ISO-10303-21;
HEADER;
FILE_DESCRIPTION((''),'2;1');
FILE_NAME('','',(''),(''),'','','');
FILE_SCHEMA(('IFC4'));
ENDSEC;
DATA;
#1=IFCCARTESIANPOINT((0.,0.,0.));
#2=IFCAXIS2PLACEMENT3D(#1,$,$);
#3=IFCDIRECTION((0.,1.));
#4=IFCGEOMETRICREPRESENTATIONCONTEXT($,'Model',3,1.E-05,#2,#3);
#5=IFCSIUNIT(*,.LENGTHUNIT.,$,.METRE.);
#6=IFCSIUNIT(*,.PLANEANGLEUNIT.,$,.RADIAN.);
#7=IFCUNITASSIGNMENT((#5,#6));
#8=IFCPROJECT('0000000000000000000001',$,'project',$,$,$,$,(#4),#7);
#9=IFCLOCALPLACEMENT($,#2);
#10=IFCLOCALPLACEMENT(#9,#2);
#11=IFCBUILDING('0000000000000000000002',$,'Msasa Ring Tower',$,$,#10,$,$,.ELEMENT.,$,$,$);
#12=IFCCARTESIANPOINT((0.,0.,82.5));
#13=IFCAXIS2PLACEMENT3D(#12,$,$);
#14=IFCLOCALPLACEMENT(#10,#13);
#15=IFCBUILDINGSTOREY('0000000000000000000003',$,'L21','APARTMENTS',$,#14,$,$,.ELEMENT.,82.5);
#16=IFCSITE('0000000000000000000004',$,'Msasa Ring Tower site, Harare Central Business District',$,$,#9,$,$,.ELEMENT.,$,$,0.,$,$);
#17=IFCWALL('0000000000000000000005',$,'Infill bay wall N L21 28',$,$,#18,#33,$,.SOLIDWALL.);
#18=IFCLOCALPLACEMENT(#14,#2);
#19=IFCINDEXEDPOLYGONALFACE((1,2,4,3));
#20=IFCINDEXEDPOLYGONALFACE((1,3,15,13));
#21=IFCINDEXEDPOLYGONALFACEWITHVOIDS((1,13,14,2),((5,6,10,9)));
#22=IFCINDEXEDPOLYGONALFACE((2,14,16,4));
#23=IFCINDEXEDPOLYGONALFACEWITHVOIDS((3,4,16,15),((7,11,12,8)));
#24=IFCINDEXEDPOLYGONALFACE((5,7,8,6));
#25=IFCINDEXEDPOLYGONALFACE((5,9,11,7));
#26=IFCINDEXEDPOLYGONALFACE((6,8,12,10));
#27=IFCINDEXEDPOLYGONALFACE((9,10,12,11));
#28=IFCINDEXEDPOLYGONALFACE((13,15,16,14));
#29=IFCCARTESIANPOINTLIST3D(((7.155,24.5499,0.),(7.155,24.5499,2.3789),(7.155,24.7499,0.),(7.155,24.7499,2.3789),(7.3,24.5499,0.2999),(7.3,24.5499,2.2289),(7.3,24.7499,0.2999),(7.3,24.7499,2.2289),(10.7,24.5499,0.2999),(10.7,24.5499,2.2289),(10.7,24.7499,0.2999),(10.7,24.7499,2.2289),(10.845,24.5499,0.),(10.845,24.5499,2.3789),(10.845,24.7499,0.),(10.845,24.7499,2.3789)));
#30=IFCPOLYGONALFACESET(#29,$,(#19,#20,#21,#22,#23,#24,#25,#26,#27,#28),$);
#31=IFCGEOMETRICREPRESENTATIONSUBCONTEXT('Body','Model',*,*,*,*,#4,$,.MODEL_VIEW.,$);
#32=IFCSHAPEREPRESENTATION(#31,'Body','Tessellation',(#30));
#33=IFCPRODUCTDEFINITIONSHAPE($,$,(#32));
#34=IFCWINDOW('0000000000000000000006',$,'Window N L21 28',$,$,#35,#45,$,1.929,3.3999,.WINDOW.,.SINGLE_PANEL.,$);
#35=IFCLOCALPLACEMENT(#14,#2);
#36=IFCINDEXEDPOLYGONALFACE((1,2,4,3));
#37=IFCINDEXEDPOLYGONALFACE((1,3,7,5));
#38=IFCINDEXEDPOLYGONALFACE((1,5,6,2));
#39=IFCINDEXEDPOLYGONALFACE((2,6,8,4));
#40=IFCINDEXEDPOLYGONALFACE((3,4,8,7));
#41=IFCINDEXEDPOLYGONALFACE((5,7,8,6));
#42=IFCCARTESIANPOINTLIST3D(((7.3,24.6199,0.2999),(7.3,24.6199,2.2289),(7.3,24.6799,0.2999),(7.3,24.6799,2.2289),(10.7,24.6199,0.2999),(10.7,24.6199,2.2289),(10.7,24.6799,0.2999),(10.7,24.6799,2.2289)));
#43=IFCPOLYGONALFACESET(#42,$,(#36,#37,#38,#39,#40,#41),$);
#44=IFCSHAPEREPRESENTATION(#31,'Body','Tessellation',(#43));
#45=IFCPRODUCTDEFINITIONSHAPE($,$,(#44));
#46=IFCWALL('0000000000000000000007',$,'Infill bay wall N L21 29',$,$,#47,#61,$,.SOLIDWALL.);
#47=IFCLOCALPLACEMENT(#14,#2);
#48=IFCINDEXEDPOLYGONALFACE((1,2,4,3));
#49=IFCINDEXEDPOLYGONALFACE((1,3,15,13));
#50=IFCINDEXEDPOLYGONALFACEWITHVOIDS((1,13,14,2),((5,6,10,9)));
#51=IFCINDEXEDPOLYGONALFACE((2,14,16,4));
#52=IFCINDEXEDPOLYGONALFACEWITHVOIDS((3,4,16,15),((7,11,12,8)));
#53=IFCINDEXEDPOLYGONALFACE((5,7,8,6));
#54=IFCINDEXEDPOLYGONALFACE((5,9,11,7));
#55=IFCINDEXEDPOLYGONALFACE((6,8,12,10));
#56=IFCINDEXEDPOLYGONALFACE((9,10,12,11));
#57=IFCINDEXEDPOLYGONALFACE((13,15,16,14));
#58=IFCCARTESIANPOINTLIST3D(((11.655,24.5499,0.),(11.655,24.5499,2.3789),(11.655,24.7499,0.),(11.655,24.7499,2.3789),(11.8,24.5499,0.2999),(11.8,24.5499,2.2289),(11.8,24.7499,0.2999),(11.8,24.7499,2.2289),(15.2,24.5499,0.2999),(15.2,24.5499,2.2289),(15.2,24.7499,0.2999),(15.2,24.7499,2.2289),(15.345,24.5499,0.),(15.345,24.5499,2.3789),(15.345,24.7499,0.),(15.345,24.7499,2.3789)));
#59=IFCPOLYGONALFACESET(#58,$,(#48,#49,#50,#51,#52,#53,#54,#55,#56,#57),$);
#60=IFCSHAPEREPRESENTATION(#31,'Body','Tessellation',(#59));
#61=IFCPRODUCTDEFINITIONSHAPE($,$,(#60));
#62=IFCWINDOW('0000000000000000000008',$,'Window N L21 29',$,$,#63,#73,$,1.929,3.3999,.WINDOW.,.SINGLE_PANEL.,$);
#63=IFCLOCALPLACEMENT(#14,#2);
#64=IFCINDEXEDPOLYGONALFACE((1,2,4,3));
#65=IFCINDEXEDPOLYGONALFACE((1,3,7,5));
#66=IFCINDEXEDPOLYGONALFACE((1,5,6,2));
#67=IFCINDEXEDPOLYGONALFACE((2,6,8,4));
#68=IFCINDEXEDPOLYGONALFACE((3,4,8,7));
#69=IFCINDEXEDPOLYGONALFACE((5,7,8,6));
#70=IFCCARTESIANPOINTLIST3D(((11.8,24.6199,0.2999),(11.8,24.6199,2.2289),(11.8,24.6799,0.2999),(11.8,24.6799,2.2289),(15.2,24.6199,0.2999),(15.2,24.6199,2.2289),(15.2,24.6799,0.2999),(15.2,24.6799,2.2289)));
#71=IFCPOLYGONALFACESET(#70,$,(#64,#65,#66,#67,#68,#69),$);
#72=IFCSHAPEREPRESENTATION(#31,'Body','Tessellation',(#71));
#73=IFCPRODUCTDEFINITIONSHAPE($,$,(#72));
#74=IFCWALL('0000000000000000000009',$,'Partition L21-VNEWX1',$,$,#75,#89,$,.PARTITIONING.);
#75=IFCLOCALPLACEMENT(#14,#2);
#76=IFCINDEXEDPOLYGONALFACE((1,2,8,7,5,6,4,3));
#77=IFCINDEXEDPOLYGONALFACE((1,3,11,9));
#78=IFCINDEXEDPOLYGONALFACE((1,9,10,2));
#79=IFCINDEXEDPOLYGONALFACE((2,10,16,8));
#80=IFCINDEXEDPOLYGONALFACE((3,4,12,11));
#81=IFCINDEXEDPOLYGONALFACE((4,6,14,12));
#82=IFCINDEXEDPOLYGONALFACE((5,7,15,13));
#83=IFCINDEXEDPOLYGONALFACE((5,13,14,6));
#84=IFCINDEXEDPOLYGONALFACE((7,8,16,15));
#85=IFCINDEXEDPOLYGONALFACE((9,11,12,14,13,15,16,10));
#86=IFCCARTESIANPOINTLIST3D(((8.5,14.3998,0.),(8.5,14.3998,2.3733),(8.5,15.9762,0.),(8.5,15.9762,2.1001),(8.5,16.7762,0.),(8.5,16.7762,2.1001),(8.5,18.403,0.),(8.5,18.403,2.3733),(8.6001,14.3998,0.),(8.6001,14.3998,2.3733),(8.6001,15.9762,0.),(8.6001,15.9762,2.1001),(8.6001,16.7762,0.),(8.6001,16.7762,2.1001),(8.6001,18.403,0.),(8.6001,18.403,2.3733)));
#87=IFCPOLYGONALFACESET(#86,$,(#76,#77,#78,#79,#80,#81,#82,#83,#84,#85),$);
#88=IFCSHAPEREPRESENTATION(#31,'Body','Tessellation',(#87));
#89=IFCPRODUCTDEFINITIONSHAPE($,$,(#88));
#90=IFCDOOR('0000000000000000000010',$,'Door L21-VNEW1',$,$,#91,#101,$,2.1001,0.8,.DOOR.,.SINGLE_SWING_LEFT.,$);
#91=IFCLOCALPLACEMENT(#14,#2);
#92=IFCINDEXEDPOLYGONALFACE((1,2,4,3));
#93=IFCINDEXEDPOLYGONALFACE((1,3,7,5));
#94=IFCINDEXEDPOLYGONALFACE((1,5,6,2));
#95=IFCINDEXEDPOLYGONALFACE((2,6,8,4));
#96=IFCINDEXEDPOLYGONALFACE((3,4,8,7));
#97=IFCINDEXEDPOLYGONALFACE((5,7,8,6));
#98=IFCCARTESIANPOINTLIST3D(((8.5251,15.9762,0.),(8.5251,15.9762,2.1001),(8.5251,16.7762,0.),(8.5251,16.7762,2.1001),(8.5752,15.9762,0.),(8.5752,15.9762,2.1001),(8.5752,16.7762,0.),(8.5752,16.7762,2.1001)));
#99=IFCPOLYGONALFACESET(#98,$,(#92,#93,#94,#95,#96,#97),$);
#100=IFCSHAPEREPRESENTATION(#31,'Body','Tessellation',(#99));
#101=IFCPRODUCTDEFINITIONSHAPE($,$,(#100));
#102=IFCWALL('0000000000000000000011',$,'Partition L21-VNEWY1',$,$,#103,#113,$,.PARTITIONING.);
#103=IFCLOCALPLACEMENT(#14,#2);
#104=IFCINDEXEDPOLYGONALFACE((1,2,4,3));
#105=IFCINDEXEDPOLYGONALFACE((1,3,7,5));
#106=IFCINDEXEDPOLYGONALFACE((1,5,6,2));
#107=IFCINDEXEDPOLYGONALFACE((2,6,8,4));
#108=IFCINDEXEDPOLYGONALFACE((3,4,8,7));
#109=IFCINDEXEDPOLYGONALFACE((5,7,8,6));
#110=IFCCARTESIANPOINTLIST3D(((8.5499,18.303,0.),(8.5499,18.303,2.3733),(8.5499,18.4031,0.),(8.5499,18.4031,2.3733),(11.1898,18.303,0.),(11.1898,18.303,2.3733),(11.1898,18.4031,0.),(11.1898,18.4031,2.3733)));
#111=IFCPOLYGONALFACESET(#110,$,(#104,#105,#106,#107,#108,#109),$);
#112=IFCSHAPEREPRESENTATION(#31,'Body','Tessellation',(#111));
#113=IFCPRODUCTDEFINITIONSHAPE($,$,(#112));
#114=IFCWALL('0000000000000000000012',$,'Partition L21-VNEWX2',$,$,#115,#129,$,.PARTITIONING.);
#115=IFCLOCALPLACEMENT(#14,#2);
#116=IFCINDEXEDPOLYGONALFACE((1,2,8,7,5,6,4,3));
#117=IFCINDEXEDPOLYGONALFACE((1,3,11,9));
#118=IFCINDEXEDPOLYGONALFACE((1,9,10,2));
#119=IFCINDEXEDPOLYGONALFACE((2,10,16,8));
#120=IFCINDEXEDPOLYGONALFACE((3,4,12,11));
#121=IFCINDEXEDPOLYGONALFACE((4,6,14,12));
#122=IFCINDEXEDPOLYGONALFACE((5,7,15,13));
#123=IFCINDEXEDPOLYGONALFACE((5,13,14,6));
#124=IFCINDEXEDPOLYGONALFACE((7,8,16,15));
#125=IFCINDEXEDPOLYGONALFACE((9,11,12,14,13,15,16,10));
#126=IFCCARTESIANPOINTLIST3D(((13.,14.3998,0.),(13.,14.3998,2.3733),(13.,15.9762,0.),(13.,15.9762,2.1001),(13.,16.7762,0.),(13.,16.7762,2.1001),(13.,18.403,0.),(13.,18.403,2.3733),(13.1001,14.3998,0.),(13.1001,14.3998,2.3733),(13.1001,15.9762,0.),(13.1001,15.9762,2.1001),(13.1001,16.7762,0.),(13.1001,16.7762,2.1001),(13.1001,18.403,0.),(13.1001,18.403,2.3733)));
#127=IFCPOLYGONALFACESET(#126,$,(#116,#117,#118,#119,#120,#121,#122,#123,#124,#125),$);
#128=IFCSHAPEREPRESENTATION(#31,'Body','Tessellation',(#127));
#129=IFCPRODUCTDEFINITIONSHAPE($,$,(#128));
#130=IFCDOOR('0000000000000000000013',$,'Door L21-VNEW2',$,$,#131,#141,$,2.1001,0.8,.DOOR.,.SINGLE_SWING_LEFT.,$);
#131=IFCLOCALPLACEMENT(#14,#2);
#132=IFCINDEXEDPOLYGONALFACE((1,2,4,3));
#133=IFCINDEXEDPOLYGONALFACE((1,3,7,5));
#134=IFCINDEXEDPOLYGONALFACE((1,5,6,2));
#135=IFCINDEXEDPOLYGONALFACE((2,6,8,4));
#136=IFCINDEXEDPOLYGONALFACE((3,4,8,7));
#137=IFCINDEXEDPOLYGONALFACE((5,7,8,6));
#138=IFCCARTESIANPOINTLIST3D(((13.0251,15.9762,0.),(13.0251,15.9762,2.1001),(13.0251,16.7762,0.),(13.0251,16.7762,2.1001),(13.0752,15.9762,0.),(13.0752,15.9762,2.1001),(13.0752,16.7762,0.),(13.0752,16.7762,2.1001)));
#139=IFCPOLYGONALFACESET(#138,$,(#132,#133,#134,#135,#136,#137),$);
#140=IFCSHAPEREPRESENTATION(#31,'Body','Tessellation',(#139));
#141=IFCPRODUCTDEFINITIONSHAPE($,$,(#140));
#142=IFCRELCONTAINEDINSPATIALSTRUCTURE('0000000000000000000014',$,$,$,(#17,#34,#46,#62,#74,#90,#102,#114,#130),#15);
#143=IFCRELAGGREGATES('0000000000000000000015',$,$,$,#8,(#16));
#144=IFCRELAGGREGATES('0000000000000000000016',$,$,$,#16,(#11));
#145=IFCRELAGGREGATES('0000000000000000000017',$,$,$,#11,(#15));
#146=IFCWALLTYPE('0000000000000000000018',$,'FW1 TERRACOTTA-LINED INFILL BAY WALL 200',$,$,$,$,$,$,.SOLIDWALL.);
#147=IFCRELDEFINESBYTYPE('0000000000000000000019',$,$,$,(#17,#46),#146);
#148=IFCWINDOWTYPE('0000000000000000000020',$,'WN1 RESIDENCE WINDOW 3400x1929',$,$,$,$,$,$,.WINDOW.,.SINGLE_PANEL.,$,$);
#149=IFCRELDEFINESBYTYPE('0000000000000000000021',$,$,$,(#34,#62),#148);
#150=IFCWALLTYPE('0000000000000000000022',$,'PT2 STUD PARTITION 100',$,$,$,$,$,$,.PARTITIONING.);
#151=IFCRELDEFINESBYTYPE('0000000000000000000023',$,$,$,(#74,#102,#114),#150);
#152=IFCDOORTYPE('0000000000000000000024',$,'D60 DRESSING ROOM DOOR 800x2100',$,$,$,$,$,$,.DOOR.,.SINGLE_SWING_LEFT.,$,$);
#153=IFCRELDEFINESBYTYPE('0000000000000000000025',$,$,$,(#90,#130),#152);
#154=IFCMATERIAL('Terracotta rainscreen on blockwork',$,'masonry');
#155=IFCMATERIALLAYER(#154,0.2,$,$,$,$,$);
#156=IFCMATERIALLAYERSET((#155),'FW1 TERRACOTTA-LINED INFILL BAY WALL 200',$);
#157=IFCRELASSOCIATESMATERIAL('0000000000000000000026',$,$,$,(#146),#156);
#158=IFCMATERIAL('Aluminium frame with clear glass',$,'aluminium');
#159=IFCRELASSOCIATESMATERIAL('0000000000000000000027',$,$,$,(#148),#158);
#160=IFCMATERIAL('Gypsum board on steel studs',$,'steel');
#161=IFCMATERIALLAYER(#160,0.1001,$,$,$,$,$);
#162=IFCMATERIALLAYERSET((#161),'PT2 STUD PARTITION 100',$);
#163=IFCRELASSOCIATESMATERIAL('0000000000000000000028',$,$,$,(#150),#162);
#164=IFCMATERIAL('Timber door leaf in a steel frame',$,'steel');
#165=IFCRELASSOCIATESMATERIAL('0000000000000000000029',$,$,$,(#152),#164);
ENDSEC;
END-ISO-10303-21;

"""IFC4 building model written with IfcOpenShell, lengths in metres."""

from ifc_helpers import new_model, si_unit, direction, frame, frame_2d, origin, place, context, subcontext, project, spatial, rectangle, extrude, material, layer, layer_set, type_object, element, fill, save


model = new_model("IFC4")

# Units and contexts
model_context = context("Model", 3, precision=1e-05, world=origin(), true_north=direction((0.0, 1.0)))
body_context = subcontext(model_context, "Body", "Model", "MODEL_VIEW")
ifc_project = project(units=[si_unit("LENGTHUNIT", "METRE"), si_unit("PLANEANGLEUNIT", "RADIAN")], contexts=[model_context])

# Site, building, storey
site_placement = place(None, origin())
site = spatial("IfcSite", under=ifc_project, at=site_placement, Name="Msasa Ring Tower site, Harare Central Business District", CompositionType="ELEMENT", RefElevation=0.0)
building_placement = place(site_placement, origin())
building = spatial("IfcBuilding", under=site, at=building_placement, Name="Msasa Ring Tower", CompositionType="ELEMENT")
storey_placement = place(building_placement, frame((0.0, 0.0, 82.5)))
storey = spatial("IfcBuildingStorey", under=building, at=storey_placement, Name="L21", Description="APARTMENTS", CompositionType="ELEMENT", Elevation=82.5)

# Walls, openings, windows
ifc_material_1 = material(Name="Terracotta rainscreen on blockwork", Category="masonry")
ifc_layer_1 = layer(ifc_material_1, 0.2)
ifc_layer_set_1 = layer_set([ifc_layer_1], Name="FW1 TERRACOTTA-LINED INFILL BAY WALL 200")
wall_type_1 = type_object("IfcWallType", Name="FW1 TERRACOTTA-LINED INFILL BAY WALL 200", PredefinedType="SOLIDWALL", material=ifc_layer_set_1)
ifc_material_2 = material(Name="Aluminium frame with clear glass", Category="aluminium")
window_type = type_object("IfcWindowType", Name="WN1 RESIDENCE WINDOW 3400x1929", PartitioningType="SINGLE_PANEL", PredefinedType="WINDOW", material=ifc_material_2)
wall_1_placement = place(storey_placement, frame((7.155, 24.6499, 0.0), z_axis=(0.0, 0.0, 1.0), x_axis=(1.0, 0.0, 0.0)))
wall_1 = element("IfcWall", 1, at=wall_1_placement, inside=storey, type_object=wall_type_1, Name="Infill bay wall N L21 28", PredefinedType="SOLIDWALL", context=body_context, shape_type="SweptSolid", body=[
    extrude(rectangle(XDim=3.6899, YDim=0.2, at=frame_2d((1.845, 0.0))), origin(), (0.0, 0.0, 1.0), 2.3789),
])
opening_1_placement = place(wall_1_placement, frame((0.145, 0.0, 0.3)))
opening_1 = element("IfcOpeningElement", 2, at=opening_1_placement, cuts=wall_1, PredefinedType="OPENING", context=body_context, shape_type="SweptSolid", body=[
    extrude(rectangle(XDim=3.3999, YDim=1.929, at=frame_2d((1.7, 0.9644))), frame((0.0, 0.1099, 0.0), z_axis=(0.0, -1.0, 0.0), x_axis=(1.0, 0.0, 0.0)), (0.0, 0.0, 1.0), 0.22),
])
window_1_placement = place(opening_1_placement, origin())
window_1 = element("IfcWindow", 3, at=window_1_placement, inside=storey, type_object=window_type, Name="Window N L21 28", OverallHeight=1.929, OverallWidth=3.3999, PartitioningType="SINGLE_PANEL", PredefinedType="WINDOW", context=body_context, shape_type="SweptSolid", body=[
    extrude(rectangle(XDim=3.3999, YDim=1.929, at=frame_2d((1.7, 0.9644))), frame((0.0, 0.03, 0.0), z_axis=(0.0, -1.0, 0.0), x_axis=(1.0, 0.0, 0.0)), (0.0, 0.0, 1.0), 0.0601),
])
fill(opening_1, window_1)
wall_2_placement = place(storey_placement, frame((11.655, 24.6499, 0.0), z_axis=(0.0, 0.0, 1.0), x_axis=(1.0, 0.0, 0.0)))
wall_2 = element("IfcWall", 4, at=wall_2_placement, inside=storey, type_object=wall_type_1, Name="Infill bay wall N L21 29", PredefinedType="SOLIDWALL", context=body_context, shape_type="SweptSolid", body=[
    extrude(rectangle(XDim=3.6899, YDim=0.2, at=frame_2d((1.845, 0.0))), origin(), (0.0, 0.0, 1.0), 2.3789),
])
opening_2_placement = place(wall_2_placement, frame((0.145, 0.0, 0.3)))
opening_2 = element("IfcOpeningElement", 5, at=opening_2_placement, cuts=wall_2, PredefinedType="OPENING", context=body_context, shape_type="SweptSolid", body=[
    extrude(rectangle(XDim=3.3999, YDim=1.929, at=frame_2d((1.7, 0.9644))), frame((0.0, 0.1099, 0.0), z_axis=(0.0, -1.0, 0.0), x_axis=(1.0, 0.0, 0.0)), (0.0, 0.0, 1.0), 0.22),
])
window_2_placement = place(opening_2_placement, origin())
window_2 = element("IfcWindow", 6, at=window_2_placement, inside=storey, type_object=window_type, Name="Window N L21 29", OverallHeight=1.929, OverallWidth=3.3999, PartitioningType="SINGLE_PANEL", PredefinedType="WINDOW", context=body_context, shape_type="SweptSolid", body=[
    extrude(rectangle(XDim=3.3999, YDim=1.929, at=frame_2d((1.7, 0.9644))), frame((0.0, 0.03, 0.0), z_axis=(0.0, -1.0, 0.0), x_axis=(1.0, 0.0, 0.0)), (0.0, 0.0, 1.0), 0.0601),
])
fill(opening_2, window_2)

# Wall, opening, door
ifc_material_3 = material(Name="Gypsum board on steel studs", Category="steel")
ifc_layer_2 = layer(ifc_material_3, 0.1001)
ifc_layer_set_2 = layer_set([ifc_layer_2], Name="PT2 STUD PARTITION 100")
wall_type_2 = type_object("IfcWallType", Name="PT2 STUD PARTITION 100", PredefinedType="PARTITIONING", material=ifc_layer_set_2)
wall_3_placement = place(storey_placement, frame((8.55, 14.3999, 0.0), z_axis=(0.0, 0.0, 1.0), x_axis=(0.0, 1.0, 0.0)))
wall_3 = element("IfcWall", 7, at=wall_3_placement, inside=storey, type_object=wall_type_2, Name="Partition L21-VNEWX1", PredefinedType="PARTITIONING", context=body_context, shape_type="SweptSolid", body=[
    extrude(rectangle(XDim=4.0032, YDim=0.1001, at=frame_2d((2.0015, 0.0))), origin(), (0.0, 0.0, 1.0), 2.3733),
])
opening_3_placement = place(wall_3_placement, frame((1.5764, 0.0, 0.0)))
opening_3 = element("IfcOpeningElement", 8, at=opening_3_placement, cuts=wall_3, PredefinedType="OPENING", context=body_context, shape_type="SweptSolid", body=[
    extrude(rectangle(XDim=0.8, YDim=2.1001, at=frame_2d((0.3999, 1.05))), frame((0.0, 0.0601, 0.0), z_axis=(0.0, -1.0, 0.0), x_axis=(1.0, 0.0, 0.0)), (0.0, 0.0, 1.0), 0.1201),
])
ifc_material_4 = material(Name="Timber door leaf in a steel frame", Category="steel")
door_type = type_object("IfcDoorType", Name="D60 DRESSING ROOM DOOR 800x2100", OperationType="SINGLE_SWING_LEFT", PredefinedType="DOOR", material=ifc_material_4)
door_1_placement = place(opening_3_placement, origin())
door_1 = element("IfcDoor", 9, at=door_1_placement, inside=storey, type_object=door_type, Name="Door L21-VNEW1", OperationType="SINGLE_SWING_LEFT", OverallHeight=2.1001, OverallWidth=0.8, PredefinedType="DOOR", context=body_context, shape_type="SweptSolid", body=[
    extrude(rectangle(XDim=0.8, YDim=2.1001, at=frame_2d((0.3999, 1.05))), frame((0.0, 0.0249, 0.0), z_axis=(0.0, -1.0, 0.0), x_axis=(1.0, 0.0, 0.0)), (0.0, 0.0, 1.0), 0.05),
])
fill(opening_3, door_1)

# Wall
wall_4_placement = place(storey_placement, frame((8.55, 18.353, 0.0), z_axis=(0.0, 0.0, 1.0), x_axis=(1.0, 0.0, 0.0)))
element("IfcWall", 10, at=wall_4_placement, inside=storey, type_object=wall_type_2, Name="Partition L21-VNEWY1", PredefinedType="PARTITIONING", context=body_context, shape_type="SweptSolid", body=[
    extrude(rectangle(XDim=2.6399, YDim=0.1001, at=frame_2d((1.3198, 0.0))), origin(), (0.0, 0.0, 1.0), 2.3733),
])

# Wall, opening, door
wall_5_placement = place(storey_placement, frame((13.05, 14.3999, 0.0), z_axis=(0.0, 0.0, 1.0), x_axis=(0.0, 1.0, 0.0)))
wall_5 = element("IfcWall", 11, at=wall_5_placement, inside=storey, type_object=wall_type_2, Name="Partition L21-VNEWX2", PredefinedType="PARTITIONING", context=body_context, shape_type="SweptSolid", body=[
    extrude(rectangle(XDim=4.0032, YDim=0.1001, at=frame_2d((2.0015, 0.0))), origin(), (0.0, 0.0, 1.0), 2.3733),
])
opening_4_placement = place(wall_5_placement, frame((1.5764, 0.0, 0.0)))
opening_4 = element("IfcOpeningElement", 12, at=opening_4_placement, cuts=wall_5, PredefinedType="OPENING", context=body_context, shape_type="SweptSolid", body=[
    extrude(rectangle(XDim=0.8, YDim=2.1001, at=frame_2d((0.3999, 1.05))), frame((0.0, 0.0601, 0.0), z_axis=(0.0, -1.0, 0.0), x_axis=(1.0, 0.0, 0.0)), (0.0, 0.0, 1.0), 0.1201),
])
door_2_placement = place(opening_4_placement, origin())
door_2 = element("IfcDoor", 13, at=door_2_placement, inside=storey, type_object=door_type, Name="Door L21-VNEW2", OperationType="SINGLE_SWING_LEFT", OverallHeight=2.1001, OverallWidth=0.8, PredefinedType="DOOR", context=body_context, shape_type="SweptSolid", body=[
    extrude(rectangle(XDim=0.8, YDim=2.1001, at=frame_2d((0.3999, 1.05))), frame((0.0, 0.0249, 0.0), z_axis=(0.0, -1.0, 0.0), x_axis=(1.0, 0.0, 0.0)), (0.0, 0.0, 1.0), 0.05),
])
fill(opening_4, door_2)

save(model, "model.ifc")
